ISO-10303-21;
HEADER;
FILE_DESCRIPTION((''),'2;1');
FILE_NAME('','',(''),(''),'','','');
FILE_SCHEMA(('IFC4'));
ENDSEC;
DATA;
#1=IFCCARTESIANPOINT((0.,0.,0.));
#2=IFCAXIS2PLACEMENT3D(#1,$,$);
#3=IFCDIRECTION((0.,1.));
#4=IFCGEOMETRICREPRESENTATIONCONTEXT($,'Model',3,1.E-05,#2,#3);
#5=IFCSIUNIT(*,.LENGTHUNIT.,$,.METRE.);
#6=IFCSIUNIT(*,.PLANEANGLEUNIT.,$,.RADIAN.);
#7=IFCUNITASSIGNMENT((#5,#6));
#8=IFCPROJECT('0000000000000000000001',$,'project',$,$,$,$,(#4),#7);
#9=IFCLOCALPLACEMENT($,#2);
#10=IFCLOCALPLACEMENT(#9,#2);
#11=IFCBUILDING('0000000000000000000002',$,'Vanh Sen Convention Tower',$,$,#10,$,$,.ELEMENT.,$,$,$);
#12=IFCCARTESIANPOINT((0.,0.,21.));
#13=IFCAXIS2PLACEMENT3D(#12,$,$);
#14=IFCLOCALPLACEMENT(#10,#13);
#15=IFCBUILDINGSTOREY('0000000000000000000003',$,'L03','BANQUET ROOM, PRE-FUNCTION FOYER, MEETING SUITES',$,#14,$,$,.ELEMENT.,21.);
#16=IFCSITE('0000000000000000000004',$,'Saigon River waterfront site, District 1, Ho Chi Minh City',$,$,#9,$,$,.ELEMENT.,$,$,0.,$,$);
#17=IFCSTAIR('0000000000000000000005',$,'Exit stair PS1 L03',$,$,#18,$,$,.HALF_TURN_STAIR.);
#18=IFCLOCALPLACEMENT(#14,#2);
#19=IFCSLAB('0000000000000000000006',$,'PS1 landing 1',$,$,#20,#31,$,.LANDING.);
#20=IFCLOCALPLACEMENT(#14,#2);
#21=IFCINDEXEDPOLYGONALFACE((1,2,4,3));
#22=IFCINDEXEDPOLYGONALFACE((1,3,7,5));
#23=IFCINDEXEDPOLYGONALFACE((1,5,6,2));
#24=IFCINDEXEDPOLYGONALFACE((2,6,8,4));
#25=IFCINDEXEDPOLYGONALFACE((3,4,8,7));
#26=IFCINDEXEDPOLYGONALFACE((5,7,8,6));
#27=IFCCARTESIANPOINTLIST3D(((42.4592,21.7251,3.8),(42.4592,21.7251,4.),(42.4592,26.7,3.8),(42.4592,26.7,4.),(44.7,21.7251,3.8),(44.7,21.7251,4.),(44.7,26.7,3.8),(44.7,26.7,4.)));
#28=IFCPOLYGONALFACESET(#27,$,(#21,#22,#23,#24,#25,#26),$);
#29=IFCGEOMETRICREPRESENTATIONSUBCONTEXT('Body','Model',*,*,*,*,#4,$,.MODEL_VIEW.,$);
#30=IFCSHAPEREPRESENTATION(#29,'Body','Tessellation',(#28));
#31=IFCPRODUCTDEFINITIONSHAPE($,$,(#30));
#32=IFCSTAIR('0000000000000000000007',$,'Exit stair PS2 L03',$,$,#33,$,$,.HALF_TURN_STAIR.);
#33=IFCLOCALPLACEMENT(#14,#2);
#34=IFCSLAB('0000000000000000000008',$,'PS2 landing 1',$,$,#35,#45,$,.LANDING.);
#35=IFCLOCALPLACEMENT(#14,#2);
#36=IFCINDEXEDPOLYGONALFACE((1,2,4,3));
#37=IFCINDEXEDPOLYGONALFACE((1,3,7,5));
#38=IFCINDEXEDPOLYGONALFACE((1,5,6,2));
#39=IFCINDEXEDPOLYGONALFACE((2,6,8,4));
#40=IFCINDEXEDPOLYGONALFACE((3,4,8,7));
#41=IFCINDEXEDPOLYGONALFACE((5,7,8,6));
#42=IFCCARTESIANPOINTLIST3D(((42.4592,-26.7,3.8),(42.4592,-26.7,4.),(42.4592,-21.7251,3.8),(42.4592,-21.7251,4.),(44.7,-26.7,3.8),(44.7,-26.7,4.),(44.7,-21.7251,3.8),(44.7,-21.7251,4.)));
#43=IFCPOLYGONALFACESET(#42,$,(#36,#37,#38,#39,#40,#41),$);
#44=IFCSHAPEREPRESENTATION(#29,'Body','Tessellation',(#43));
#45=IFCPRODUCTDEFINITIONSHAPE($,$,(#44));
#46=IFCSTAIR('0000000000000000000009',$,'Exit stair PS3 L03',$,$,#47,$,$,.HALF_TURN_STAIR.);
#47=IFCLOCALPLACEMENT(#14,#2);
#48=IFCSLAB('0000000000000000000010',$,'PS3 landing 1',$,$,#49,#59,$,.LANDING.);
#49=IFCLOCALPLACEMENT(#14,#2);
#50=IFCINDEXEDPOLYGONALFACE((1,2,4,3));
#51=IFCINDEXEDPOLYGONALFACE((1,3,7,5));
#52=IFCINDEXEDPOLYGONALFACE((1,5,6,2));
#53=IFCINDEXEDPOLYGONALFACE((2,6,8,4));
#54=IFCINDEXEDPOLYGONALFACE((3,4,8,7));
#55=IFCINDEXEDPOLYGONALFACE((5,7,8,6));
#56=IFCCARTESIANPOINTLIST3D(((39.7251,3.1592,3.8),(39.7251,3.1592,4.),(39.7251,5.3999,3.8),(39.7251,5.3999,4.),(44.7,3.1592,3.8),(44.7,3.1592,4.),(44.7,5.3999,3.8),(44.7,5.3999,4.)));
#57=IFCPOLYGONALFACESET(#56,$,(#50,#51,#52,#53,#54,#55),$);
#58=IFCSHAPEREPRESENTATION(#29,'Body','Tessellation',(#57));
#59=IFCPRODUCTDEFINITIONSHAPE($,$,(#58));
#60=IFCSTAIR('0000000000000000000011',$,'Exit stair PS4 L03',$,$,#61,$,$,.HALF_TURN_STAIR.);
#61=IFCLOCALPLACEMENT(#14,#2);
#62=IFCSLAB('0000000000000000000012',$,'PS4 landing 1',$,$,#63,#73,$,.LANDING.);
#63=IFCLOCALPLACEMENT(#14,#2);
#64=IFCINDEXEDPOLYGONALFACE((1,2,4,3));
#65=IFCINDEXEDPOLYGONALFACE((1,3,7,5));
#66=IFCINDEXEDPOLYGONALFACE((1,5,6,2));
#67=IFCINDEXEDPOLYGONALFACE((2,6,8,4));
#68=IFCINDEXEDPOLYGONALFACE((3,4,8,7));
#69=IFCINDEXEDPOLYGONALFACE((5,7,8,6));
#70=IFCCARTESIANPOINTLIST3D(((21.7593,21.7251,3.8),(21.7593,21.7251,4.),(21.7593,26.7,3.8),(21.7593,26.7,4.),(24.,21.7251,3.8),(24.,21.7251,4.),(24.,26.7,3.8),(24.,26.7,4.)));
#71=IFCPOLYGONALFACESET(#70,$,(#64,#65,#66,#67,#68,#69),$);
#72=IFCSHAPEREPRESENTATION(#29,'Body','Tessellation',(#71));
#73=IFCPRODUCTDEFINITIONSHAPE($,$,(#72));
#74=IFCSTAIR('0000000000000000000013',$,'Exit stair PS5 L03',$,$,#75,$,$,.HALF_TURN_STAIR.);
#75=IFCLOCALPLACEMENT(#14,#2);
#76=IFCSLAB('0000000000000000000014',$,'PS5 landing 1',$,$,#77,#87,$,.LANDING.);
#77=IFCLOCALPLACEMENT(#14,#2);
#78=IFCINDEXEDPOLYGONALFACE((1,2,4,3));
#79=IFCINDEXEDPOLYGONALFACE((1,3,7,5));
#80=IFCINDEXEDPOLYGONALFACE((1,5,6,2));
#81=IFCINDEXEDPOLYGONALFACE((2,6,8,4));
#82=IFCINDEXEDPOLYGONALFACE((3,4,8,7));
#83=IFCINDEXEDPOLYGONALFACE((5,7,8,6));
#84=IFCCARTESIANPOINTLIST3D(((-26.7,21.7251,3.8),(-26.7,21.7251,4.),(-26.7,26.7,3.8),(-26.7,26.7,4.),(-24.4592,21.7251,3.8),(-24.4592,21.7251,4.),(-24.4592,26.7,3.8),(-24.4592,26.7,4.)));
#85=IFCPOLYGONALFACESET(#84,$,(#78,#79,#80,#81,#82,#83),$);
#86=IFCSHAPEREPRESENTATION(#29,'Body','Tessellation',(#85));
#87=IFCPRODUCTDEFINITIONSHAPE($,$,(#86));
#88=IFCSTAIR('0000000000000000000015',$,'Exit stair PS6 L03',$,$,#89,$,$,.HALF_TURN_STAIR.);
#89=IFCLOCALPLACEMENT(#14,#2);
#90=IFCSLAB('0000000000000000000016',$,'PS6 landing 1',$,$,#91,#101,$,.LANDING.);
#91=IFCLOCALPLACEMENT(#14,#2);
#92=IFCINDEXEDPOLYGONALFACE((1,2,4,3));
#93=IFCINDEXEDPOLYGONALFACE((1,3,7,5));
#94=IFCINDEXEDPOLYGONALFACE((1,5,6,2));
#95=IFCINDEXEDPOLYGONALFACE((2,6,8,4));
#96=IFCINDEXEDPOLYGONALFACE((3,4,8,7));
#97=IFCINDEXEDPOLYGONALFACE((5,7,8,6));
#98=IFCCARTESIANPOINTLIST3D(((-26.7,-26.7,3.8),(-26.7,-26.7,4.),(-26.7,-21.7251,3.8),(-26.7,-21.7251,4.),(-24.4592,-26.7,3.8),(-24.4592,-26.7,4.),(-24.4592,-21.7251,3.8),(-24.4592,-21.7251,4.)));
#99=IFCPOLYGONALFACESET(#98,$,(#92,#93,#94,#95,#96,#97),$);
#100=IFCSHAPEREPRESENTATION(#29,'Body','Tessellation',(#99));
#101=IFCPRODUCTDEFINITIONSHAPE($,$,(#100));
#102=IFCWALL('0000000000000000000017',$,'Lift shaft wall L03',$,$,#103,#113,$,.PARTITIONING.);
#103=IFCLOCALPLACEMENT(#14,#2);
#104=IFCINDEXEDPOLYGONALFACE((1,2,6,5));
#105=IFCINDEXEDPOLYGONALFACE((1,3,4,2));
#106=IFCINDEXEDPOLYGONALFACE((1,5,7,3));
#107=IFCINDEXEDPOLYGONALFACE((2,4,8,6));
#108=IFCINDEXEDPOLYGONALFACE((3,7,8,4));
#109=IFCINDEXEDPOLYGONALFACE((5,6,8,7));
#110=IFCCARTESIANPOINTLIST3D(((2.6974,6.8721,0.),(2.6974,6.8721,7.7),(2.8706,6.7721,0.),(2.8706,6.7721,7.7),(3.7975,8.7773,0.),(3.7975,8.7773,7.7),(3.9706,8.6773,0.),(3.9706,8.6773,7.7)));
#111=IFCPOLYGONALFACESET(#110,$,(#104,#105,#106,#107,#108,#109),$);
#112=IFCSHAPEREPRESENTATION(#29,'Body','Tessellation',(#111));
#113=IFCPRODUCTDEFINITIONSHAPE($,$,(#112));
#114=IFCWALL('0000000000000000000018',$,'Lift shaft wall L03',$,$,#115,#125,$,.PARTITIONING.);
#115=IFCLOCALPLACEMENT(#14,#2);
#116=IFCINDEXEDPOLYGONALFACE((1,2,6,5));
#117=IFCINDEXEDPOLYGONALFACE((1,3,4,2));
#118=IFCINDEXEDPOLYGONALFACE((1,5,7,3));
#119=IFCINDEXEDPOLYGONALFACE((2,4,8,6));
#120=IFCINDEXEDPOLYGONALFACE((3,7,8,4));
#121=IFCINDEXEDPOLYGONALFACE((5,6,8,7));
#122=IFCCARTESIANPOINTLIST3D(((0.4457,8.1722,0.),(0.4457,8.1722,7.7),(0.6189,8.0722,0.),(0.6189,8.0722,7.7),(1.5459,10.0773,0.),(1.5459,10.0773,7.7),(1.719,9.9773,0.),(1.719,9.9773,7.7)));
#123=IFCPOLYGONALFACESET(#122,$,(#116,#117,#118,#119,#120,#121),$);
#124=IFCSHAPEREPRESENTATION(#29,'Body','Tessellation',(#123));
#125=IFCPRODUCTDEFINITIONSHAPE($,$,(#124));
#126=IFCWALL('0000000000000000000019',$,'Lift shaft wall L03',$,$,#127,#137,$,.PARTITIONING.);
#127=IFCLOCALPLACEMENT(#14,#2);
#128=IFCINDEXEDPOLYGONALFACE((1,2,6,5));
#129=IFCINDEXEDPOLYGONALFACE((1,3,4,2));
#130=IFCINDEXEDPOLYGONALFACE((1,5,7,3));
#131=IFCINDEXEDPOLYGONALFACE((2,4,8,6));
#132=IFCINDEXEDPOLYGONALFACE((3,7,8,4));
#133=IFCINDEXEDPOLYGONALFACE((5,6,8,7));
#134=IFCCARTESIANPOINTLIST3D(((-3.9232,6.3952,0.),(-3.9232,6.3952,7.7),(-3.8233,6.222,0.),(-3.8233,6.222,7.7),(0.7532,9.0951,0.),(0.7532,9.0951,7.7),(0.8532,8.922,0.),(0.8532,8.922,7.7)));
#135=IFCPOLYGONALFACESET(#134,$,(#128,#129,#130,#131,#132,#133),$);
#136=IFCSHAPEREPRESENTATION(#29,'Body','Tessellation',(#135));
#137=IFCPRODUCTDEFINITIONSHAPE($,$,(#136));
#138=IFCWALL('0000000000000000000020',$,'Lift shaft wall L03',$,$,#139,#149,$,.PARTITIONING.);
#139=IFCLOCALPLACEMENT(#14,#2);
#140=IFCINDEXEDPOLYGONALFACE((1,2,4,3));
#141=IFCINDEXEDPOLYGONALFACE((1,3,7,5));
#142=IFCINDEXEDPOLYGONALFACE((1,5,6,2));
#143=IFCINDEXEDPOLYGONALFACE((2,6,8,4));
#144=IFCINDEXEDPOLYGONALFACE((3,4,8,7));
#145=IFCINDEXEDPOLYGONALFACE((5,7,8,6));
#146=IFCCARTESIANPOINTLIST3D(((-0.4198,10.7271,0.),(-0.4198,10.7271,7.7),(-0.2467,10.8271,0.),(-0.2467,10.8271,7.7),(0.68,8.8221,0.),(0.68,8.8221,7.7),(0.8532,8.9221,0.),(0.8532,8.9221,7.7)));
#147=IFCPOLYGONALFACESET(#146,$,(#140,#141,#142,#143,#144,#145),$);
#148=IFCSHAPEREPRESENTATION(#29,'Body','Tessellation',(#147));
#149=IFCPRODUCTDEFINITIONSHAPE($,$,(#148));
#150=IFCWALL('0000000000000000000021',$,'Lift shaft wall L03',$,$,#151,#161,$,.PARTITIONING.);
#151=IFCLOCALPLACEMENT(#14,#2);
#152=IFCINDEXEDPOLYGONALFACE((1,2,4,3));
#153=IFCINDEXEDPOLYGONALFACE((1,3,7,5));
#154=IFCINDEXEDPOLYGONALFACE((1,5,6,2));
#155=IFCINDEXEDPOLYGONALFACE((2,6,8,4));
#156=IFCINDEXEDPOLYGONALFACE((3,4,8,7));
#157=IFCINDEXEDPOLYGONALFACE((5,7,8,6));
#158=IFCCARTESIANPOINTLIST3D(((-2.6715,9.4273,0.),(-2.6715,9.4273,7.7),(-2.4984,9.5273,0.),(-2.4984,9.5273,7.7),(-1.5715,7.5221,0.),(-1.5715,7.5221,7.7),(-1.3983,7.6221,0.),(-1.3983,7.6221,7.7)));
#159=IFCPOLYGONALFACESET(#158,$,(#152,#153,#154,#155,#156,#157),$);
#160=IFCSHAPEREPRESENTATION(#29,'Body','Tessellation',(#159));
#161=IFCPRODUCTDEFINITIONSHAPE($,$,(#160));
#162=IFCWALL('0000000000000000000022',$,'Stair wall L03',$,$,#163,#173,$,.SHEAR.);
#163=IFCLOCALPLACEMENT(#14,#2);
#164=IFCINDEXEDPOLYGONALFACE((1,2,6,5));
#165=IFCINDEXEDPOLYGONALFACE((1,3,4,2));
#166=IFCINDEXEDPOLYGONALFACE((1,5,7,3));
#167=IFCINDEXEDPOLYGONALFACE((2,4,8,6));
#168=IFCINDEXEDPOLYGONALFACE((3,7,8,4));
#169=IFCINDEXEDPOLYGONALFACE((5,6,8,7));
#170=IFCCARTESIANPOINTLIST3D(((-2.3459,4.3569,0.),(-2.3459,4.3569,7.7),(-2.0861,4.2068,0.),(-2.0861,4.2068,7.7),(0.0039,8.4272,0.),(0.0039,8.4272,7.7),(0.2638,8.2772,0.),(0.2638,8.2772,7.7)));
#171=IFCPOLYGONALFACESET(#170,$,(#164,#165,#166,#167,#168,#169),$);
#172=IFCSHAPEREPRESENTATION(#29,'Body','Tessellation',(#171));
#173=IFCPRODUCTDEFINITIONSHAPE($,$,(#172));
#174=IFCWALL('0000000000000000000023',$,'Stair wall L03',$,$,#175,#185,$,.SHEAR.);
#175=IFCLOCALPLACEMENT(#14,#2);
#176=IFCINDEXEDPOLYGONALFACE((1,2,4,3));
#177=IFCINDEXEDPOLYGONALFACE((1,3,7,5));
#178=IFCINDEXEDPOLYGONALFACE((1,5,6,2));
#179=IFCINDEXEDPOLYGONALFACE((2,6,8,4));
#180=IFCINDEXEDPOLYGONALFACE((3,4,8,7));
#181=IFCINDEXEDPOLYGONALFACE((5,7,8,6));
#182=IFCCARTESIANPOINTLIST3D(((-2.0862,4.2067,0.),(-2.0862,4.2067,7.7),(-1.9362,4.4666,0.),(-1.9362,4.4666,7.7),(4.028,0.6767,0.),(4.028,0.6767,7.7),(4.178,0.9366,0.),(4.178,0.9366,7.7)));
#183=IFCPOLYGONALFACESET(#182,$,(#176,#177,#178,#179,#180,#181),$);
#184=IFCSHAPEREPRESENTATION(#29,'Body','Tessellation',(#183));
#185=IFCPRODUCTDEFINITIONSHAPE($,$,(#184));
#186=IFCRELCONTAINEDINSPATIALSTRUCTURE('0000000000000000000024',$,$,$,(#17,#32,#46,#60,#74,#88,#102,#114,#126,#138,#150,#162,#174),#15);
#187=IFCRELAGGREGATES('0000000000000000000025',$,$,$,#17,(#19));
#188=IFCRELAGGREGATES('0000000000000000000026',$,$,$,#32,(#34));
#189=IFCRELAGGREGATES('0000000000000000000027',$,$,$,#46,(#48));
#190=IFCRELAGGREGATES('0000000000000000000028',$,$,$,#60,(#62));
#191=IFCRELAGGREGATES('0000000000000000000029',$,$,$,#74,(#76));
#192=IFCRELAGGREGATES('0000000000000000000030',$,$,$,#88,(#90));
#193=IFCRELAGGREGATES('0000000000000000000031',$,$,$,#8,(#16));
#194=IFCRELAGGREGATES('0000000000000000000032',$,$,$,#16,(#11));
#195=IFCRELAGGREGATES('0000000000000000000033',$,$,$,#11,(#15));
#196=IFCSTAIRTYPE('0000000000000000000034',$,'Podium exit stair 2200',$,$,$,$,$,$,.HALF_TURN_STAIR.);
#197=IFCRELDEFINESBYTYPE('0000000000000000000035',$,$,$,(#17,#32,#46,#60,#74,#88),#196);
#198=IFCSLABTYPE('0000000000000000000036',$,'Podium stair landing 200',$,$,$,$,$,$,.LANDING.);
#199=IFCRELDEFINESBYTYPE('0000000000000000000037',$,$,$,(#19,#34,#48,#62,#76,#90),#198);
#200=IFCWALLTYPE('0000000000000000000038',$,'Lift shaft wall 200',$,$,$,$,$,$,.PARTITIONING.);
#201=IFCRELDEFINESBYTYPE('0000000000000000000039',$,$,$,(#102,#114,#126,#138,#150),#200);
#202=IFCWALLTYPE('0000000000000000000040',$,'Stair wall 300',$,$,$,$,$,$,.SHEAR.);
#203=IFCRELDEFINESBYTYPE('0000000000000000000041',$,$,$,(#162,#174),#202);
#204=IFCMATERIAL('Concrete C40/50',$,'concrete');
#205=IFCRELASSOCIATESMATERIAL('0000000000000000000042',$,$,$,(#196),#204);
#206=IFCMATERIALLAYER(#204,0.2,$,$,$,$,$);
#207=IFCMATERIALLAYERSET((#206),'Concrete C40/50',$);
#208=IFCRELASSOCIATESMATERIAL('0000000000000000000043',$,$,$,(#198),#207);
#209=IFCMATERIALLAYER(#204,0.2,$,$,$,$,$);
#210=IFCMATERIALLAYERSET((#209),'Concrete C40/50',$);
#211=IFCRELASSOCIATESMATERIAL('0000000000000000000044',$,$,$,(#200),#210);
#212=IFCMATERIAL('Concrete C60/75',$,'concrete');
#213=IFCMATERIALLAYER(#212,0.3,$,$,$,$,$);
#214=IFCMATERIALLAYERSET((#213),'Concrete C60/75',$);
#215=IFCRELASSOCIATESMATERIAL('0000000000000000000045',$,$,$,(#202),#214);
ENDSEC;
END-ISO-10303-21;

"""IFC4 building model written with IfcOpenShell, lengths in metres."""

from ifc_helpers import new_model, si_unit, direction, frame, frame_2d, origin, place, context, subcontext, project, spatial, polyline, rectangle, outline, extrude, material, layer, layer_set, type_object, element, aggregate, save


model = new_model("IFC4")

# Units and contexts
model_context = context("Model", 3, precision=1e-05, world=origin(), true_north=direction((0.0, 1.0)))
body_context = subcontext(model_context, "Body", "Model", "MODEL_VIEW")
ifc_project = project(units=[si_unit("LENGTHUNIT", "METRE"), si_unit("PLANEANGLEUNIT", "RADIAN")], contexts=[model_context])

# Site, building, storey
site_placement = place(None, origin())
site = spatial("IfcSite", under=ifc_project, at=site_placement, Name="Saigon River waterfront site, District 1, Ho Chi Minh City", CompositionType="ELEMENT", RefElevation=0.0)
building_placement = place(site_placement, origin())
building = spatial("IfcBuilding", under=site, at=building_placement, Name="Vanh Sen Convention Tower", CompositionType="ELEMENT")
storey_placement = place(building_placement, frame((0.0, 0.0, 21.0)))
storey = spatial("IfcBuildingStorey", under=building, at=storey_placement, Name="L03", Description="BANQUET ROOM, PRE-FUNCTION FOYER, MEETING SUITES", CompositionType="ELEMENT", Elevation=21.0)

# Stairs, slabs
ifc_material_1 = material(Name="Concrete C40/50", Category="concrete")
stair_type = type_object("IfcStairType", Name="Podium exit stair 2200", PredefinedType="HALF_TURN_STAIR", material=ifc_material_1)
stair_1_placement = place(storey_placement, origin())
stair_1 = element("IfcStair", 1, at=stair_1_placement, inside=storey, type_object=stair_type, Name="Exit stair PS1 L03", PredefinedType="HALF_TURN_STAIR")
ifc_layer_1 = layer(ifc_material_1, 0.2)
ifc_layer_set_1 = layer_set([ifc_layer_1], Name="Concrete C40/50")
slab_type = type_object("IfcSlabType", Name="Podium stair landing 200", PredefinedType="LANDING", material=ifc_layer_set_1)
slab_1_placement = place(storey_placement, frame((0.0, 0.0, 3.8)))
slab_1 = element("IfcSlab", 2, at=slab_1_placement, type_object=slab_type, Name="PS1 landing 1", PredefinedType="LANDING", context=body_context, shape_type="SweptSolid", body=[
    extrude(outline(polyline([(42.4592, 21.7251), (44.7, 21.7251), (44.7, 26.7), (42.4592, 26.7), (42.4592, 21.7251)])), origin(), (0.0, 0.0, 1.0), 0.2),
])
aggregate(stair_1, [slab_1])
stair_2_placement = place(storey_placement, origin())
stair_2 = element("IfcStair", 3, at=stair_2_placement, inside=storey, type_object=stair_type, Name="Exit stair PS2 L03", PredefinedType="HALF_TURN_STAIR")
slab_2_placement = place(storey_placement, frame((0.0, 0.0, 3.8)))
slab_2 = element("IfcSlab", 4, at=slab_2_placement, type_object=slab_type, Name="PS2 landing 1", PredefinedType="LANDING", context=body_context, shape_type="SweptSolid", body=[
    extrude(outline(polyline([(42.4592, -21.7251), (44.7, -21.7251), (44.7, -26.7), (42.4592, -26.7), (42.4592, -21.7251)])), origin(), (0.0, 0.0, 1.0), 0.2),
])
aggregate(stair_2, [slab_2])
stair_3_placement = place(storey_placement, origin())
stair_3 = element("IfcStair", 5, at=stair_3_placement, inside=storey, type_object=stair_type, Name="Exit stair PS3 L03", PredefinedType="HALF_TURN_STAIR")
slab_3_placement = place(storey_placement, frame((0.0, 0.0, 3.8)))
slab_3 = element("IfcSlab", 6, at=slab_3_placement, type_object=slab_type, Name="PS3 landing 1", PredefinedType="LANDING", context=body_context, shape_type="SweptSolid", body=[
    extrude(outline(polyline([(39.7251, 3.1592), (39.7251, 5.3999), (44.7, 5.3999), (44.7, 3.1592), (39.7251, 3.1592)])), origin(), (0.0, 0.0, 1.0), 0.2),
])
aggregate(stair_3, [slab_3])
stair_4_placement = place(storey_placement, origin())
stair_4 = element("IfcStair", 7, at=stair_4_placement, inside=storey, type_object=stair_type, Name="Exit stair PS4 L03", PredefinedType="HALF_TURN_STAIR")
slab_4_placement = place(storey_placement, frame((0.0, 0.0, 3.8)))
slab_4 = element("IfcSlab", 8, at=slab_4_placement, type_object=slab_type, Name="PS4 landing 1", PredefinedType="LANDING", context=body_context, shape_type="SweptSolid", body=[
    extrude(outline(polyline([(21.7593, 21.7251), (24.0, 21.7251), (24.0, 26.7), (21.7593, 26.7), (21.7593, 21.7251)])), origin(), (0.0, 0.0, 1.0), 0.2),
])
aggregate(stair_4, [slab_4])
stair_5_placement = place(storey_placement, origin())
stair_5 = element("IfcStair", 9, at=stair_5_placement, inside=storey, type_object=stair_type, Name="Exit stair PS5 L03", PredefinedType="HALF_TURN_STAIR")
slab_5_placement = place(storey_placement, frame((0.0, 0.0, 3.8)))
slab_5 = element("IfcSlab", 10, at=slab_5_placement, type_object=slab_type, Name="PS5 landing 1", PredefinedType="LANDING", context=body_context, shape_type="SweptSolid", body=[
    extrude(outline(polyline([(-24.4592, 21.7251), (-26.7, 21.7251), (-26.7, 26.7), (-24.4592, 26.7), (-24.4592, 21.7251)])), origin(), (0.0, 0.0, 1.0), 0.2),
])
aggregate(stair_5, [slab_5])
stair_6_placement = place(storey_placement, origin())
stair_6 = element("IfcStair", 11, at=stair_6_placement, inside=storey, type_object=stair_type, Name="Exit stair PS6 L03", PredefinedType="HALF_TURN_STAIR")
slab_6_placement = place(storey_placement, frame((0.0, 0.0, 3.8)))
slab_6 = element("IfcSlab", 12, at=slab_6_placement, type_object=slab_type, Name="PS6 landing 1", PredefinedType="LANDING", context=body_context, shape_type="SweptSolid", body=[
    extrude(outline(polyline([(-24.4592, -21.7251), (-26.7, -21.7251), (-26.7, -26.7), (-24.4592, -26.7), (-24.4592, -21.7251)])), origin(), (0.0, 0.0, 1.0), 0.2),
])
aggregate(stair_6, [slab_6])

# Walls
ifc_layer_2 = layer(ifc_material_1, 0.2)
ifc_layer_set_2 = layer_set([ifc_layer_2], Name="Concrete C40/50")
wall_type_1 = type_object("IfcWallType", Name="Lift shaft wall 200", PredefinedType="PARTITIONING", material=ifc_layer_set_2)
for number, where, z_axis, x_axis, name in (
    (13, (2.7839, 6.822, 0.0), (0.0, 0.0, 1.0), (0.50003, 0.866008, 0.0), "Lift shaft wall L03"),
    (14, (0.5322, 8.1221, 0.0), (0.0, 0.0, 1.0), (0.500078, 0.86598, 0.0), "Lift shaft wall L03"),
):
    element("IfcWall", number, at=place(storey_placement, frame(where, z_axis=z_axis, x_axis=x_axis)), inside=storey, type_object=wall_type_1, Name=name, PredefinedType="PARTITIONING", context=body_context, shape_type="SweptSolid", body=[
        extrude(rectangle(XDim=2.2, YDim=0.2, at=frame_2d((1.1001, 0.0))), origin(), (0.0, 0.0, 1.0), 7.7),
    ])
wall_1_placement = place(storey_placement, frame((0.8032, 9.0085, 0.0), z_axis=(0.0, 0.0, 1.0), x_axis=(-0.866028, -0.499995, 0.0)))
element("IfcWall", 15, at=wall_1_placement, inside=storey, type_object=wall_type_1, Name="Lift shaft wall L03", PredefinedType="PARTITIONING", context=body_context, shape_type="SweptSolid", body=[
    extrude(rectangle(XDim=5.3999, YDim=0.2, at=frame_2d((2.7, 0.0))), origin(), (0.0, 0.0, 1.0), 7.7),
])
wall_2_placement = place(storey_placement, frame((0.7666, 8.8721, 0.0), z_axis=(0.0, 0.0, 1.0), x_axis=(-0.499995, 0.866028, 0.0)))
element("IfcWall", 16, at=wall_2_placement, inside=storey, type_object=wall_type_1, Name="Lift shaft wall L03", PredefinedType="PARTITIONING", context=body_context, shape_type="SweptSolid", body=[
    extrude(rectangle(XDim=2.1997, YDim=0.2, at=frame_2d((1.0999, 0.0))), origin(), (0.0, 0.0, 1.0), 7.7),
])
wall_3_placement = place(storey_placement, frame((-1.4849, 7.572, 0.0), z_axis=(0.0, 0.0, 1.0), x_axis=(-0.50003, 0.866008, 0.0)))
element("IfcWall", 17, at=wall_3_placement, inside=storey, type_object=wall_type_1, Name="Lift shaft wall L03", PredefinedType="PARTITIONING", context=body_context, shape_type="SweptSolid", body=[
    extrude(rectangle(XDim=2.2, YDim=0.2, at=frame_2d((1.1001, 0.0))), origin(), (0.0, 0.0, 1.0), 7.7),
])
ifc_material_2 = material(Name="Concrete C60/75", Category="concrete")
ifc_layer_3 = layer(ifc_material_2, 0.3)
ifc_layer_set_3 = layer_set([ifc_layer_3], Name="Concrete C60/75")
wall_type_2 = type_object("IfcWallType", Name="Stair wall 300", PredefinedType="SHEAR", material=ifc_layer_set_3)
wall_4_placement = place(storey_placement, frame((-2.2161, 4.2817, 0.0), z_axis=(0.0, 0.0, 1.0), x_axis=(0.499977, 0.866039, 0.0)))
element("IfcWall", 18, at=wall_4_placement, inside=storey, type_object=wall_type_2, Name="Stair wall L03", PredefinedType="SHEAR", context=body_context, shape_type="SweptSolid", body=[
    extrude(rectangle(XDim=4.7, YDim=0.3, at=frame_2d((2.3501, 0.0))), origin(), (0.0, 0.0, 1.0), 7.7),
])
wall_5_placement = place(storey_placement, frame((4.103, 0.8066, 0.0), z_axis=(0.0, 0.0, 1.0), x_axis=(-0.866028, 0.499996, 0.0)))
element("IfcWall", 19, at=wall_5_placement, inside=storey, type_object=wall_type_2, Name="Stair wall L03", PredefinedType="SHEAR", context=body_context, shape_type="SweptSolid", body=[
    extrude(rectangle(XDim=7.0601, YDim=0.3, at=frame_2d((3.53, 0.0))), origin(), (0.0, 0.0, 1.0), 7.7),
])

save(model, "model.ifc")
